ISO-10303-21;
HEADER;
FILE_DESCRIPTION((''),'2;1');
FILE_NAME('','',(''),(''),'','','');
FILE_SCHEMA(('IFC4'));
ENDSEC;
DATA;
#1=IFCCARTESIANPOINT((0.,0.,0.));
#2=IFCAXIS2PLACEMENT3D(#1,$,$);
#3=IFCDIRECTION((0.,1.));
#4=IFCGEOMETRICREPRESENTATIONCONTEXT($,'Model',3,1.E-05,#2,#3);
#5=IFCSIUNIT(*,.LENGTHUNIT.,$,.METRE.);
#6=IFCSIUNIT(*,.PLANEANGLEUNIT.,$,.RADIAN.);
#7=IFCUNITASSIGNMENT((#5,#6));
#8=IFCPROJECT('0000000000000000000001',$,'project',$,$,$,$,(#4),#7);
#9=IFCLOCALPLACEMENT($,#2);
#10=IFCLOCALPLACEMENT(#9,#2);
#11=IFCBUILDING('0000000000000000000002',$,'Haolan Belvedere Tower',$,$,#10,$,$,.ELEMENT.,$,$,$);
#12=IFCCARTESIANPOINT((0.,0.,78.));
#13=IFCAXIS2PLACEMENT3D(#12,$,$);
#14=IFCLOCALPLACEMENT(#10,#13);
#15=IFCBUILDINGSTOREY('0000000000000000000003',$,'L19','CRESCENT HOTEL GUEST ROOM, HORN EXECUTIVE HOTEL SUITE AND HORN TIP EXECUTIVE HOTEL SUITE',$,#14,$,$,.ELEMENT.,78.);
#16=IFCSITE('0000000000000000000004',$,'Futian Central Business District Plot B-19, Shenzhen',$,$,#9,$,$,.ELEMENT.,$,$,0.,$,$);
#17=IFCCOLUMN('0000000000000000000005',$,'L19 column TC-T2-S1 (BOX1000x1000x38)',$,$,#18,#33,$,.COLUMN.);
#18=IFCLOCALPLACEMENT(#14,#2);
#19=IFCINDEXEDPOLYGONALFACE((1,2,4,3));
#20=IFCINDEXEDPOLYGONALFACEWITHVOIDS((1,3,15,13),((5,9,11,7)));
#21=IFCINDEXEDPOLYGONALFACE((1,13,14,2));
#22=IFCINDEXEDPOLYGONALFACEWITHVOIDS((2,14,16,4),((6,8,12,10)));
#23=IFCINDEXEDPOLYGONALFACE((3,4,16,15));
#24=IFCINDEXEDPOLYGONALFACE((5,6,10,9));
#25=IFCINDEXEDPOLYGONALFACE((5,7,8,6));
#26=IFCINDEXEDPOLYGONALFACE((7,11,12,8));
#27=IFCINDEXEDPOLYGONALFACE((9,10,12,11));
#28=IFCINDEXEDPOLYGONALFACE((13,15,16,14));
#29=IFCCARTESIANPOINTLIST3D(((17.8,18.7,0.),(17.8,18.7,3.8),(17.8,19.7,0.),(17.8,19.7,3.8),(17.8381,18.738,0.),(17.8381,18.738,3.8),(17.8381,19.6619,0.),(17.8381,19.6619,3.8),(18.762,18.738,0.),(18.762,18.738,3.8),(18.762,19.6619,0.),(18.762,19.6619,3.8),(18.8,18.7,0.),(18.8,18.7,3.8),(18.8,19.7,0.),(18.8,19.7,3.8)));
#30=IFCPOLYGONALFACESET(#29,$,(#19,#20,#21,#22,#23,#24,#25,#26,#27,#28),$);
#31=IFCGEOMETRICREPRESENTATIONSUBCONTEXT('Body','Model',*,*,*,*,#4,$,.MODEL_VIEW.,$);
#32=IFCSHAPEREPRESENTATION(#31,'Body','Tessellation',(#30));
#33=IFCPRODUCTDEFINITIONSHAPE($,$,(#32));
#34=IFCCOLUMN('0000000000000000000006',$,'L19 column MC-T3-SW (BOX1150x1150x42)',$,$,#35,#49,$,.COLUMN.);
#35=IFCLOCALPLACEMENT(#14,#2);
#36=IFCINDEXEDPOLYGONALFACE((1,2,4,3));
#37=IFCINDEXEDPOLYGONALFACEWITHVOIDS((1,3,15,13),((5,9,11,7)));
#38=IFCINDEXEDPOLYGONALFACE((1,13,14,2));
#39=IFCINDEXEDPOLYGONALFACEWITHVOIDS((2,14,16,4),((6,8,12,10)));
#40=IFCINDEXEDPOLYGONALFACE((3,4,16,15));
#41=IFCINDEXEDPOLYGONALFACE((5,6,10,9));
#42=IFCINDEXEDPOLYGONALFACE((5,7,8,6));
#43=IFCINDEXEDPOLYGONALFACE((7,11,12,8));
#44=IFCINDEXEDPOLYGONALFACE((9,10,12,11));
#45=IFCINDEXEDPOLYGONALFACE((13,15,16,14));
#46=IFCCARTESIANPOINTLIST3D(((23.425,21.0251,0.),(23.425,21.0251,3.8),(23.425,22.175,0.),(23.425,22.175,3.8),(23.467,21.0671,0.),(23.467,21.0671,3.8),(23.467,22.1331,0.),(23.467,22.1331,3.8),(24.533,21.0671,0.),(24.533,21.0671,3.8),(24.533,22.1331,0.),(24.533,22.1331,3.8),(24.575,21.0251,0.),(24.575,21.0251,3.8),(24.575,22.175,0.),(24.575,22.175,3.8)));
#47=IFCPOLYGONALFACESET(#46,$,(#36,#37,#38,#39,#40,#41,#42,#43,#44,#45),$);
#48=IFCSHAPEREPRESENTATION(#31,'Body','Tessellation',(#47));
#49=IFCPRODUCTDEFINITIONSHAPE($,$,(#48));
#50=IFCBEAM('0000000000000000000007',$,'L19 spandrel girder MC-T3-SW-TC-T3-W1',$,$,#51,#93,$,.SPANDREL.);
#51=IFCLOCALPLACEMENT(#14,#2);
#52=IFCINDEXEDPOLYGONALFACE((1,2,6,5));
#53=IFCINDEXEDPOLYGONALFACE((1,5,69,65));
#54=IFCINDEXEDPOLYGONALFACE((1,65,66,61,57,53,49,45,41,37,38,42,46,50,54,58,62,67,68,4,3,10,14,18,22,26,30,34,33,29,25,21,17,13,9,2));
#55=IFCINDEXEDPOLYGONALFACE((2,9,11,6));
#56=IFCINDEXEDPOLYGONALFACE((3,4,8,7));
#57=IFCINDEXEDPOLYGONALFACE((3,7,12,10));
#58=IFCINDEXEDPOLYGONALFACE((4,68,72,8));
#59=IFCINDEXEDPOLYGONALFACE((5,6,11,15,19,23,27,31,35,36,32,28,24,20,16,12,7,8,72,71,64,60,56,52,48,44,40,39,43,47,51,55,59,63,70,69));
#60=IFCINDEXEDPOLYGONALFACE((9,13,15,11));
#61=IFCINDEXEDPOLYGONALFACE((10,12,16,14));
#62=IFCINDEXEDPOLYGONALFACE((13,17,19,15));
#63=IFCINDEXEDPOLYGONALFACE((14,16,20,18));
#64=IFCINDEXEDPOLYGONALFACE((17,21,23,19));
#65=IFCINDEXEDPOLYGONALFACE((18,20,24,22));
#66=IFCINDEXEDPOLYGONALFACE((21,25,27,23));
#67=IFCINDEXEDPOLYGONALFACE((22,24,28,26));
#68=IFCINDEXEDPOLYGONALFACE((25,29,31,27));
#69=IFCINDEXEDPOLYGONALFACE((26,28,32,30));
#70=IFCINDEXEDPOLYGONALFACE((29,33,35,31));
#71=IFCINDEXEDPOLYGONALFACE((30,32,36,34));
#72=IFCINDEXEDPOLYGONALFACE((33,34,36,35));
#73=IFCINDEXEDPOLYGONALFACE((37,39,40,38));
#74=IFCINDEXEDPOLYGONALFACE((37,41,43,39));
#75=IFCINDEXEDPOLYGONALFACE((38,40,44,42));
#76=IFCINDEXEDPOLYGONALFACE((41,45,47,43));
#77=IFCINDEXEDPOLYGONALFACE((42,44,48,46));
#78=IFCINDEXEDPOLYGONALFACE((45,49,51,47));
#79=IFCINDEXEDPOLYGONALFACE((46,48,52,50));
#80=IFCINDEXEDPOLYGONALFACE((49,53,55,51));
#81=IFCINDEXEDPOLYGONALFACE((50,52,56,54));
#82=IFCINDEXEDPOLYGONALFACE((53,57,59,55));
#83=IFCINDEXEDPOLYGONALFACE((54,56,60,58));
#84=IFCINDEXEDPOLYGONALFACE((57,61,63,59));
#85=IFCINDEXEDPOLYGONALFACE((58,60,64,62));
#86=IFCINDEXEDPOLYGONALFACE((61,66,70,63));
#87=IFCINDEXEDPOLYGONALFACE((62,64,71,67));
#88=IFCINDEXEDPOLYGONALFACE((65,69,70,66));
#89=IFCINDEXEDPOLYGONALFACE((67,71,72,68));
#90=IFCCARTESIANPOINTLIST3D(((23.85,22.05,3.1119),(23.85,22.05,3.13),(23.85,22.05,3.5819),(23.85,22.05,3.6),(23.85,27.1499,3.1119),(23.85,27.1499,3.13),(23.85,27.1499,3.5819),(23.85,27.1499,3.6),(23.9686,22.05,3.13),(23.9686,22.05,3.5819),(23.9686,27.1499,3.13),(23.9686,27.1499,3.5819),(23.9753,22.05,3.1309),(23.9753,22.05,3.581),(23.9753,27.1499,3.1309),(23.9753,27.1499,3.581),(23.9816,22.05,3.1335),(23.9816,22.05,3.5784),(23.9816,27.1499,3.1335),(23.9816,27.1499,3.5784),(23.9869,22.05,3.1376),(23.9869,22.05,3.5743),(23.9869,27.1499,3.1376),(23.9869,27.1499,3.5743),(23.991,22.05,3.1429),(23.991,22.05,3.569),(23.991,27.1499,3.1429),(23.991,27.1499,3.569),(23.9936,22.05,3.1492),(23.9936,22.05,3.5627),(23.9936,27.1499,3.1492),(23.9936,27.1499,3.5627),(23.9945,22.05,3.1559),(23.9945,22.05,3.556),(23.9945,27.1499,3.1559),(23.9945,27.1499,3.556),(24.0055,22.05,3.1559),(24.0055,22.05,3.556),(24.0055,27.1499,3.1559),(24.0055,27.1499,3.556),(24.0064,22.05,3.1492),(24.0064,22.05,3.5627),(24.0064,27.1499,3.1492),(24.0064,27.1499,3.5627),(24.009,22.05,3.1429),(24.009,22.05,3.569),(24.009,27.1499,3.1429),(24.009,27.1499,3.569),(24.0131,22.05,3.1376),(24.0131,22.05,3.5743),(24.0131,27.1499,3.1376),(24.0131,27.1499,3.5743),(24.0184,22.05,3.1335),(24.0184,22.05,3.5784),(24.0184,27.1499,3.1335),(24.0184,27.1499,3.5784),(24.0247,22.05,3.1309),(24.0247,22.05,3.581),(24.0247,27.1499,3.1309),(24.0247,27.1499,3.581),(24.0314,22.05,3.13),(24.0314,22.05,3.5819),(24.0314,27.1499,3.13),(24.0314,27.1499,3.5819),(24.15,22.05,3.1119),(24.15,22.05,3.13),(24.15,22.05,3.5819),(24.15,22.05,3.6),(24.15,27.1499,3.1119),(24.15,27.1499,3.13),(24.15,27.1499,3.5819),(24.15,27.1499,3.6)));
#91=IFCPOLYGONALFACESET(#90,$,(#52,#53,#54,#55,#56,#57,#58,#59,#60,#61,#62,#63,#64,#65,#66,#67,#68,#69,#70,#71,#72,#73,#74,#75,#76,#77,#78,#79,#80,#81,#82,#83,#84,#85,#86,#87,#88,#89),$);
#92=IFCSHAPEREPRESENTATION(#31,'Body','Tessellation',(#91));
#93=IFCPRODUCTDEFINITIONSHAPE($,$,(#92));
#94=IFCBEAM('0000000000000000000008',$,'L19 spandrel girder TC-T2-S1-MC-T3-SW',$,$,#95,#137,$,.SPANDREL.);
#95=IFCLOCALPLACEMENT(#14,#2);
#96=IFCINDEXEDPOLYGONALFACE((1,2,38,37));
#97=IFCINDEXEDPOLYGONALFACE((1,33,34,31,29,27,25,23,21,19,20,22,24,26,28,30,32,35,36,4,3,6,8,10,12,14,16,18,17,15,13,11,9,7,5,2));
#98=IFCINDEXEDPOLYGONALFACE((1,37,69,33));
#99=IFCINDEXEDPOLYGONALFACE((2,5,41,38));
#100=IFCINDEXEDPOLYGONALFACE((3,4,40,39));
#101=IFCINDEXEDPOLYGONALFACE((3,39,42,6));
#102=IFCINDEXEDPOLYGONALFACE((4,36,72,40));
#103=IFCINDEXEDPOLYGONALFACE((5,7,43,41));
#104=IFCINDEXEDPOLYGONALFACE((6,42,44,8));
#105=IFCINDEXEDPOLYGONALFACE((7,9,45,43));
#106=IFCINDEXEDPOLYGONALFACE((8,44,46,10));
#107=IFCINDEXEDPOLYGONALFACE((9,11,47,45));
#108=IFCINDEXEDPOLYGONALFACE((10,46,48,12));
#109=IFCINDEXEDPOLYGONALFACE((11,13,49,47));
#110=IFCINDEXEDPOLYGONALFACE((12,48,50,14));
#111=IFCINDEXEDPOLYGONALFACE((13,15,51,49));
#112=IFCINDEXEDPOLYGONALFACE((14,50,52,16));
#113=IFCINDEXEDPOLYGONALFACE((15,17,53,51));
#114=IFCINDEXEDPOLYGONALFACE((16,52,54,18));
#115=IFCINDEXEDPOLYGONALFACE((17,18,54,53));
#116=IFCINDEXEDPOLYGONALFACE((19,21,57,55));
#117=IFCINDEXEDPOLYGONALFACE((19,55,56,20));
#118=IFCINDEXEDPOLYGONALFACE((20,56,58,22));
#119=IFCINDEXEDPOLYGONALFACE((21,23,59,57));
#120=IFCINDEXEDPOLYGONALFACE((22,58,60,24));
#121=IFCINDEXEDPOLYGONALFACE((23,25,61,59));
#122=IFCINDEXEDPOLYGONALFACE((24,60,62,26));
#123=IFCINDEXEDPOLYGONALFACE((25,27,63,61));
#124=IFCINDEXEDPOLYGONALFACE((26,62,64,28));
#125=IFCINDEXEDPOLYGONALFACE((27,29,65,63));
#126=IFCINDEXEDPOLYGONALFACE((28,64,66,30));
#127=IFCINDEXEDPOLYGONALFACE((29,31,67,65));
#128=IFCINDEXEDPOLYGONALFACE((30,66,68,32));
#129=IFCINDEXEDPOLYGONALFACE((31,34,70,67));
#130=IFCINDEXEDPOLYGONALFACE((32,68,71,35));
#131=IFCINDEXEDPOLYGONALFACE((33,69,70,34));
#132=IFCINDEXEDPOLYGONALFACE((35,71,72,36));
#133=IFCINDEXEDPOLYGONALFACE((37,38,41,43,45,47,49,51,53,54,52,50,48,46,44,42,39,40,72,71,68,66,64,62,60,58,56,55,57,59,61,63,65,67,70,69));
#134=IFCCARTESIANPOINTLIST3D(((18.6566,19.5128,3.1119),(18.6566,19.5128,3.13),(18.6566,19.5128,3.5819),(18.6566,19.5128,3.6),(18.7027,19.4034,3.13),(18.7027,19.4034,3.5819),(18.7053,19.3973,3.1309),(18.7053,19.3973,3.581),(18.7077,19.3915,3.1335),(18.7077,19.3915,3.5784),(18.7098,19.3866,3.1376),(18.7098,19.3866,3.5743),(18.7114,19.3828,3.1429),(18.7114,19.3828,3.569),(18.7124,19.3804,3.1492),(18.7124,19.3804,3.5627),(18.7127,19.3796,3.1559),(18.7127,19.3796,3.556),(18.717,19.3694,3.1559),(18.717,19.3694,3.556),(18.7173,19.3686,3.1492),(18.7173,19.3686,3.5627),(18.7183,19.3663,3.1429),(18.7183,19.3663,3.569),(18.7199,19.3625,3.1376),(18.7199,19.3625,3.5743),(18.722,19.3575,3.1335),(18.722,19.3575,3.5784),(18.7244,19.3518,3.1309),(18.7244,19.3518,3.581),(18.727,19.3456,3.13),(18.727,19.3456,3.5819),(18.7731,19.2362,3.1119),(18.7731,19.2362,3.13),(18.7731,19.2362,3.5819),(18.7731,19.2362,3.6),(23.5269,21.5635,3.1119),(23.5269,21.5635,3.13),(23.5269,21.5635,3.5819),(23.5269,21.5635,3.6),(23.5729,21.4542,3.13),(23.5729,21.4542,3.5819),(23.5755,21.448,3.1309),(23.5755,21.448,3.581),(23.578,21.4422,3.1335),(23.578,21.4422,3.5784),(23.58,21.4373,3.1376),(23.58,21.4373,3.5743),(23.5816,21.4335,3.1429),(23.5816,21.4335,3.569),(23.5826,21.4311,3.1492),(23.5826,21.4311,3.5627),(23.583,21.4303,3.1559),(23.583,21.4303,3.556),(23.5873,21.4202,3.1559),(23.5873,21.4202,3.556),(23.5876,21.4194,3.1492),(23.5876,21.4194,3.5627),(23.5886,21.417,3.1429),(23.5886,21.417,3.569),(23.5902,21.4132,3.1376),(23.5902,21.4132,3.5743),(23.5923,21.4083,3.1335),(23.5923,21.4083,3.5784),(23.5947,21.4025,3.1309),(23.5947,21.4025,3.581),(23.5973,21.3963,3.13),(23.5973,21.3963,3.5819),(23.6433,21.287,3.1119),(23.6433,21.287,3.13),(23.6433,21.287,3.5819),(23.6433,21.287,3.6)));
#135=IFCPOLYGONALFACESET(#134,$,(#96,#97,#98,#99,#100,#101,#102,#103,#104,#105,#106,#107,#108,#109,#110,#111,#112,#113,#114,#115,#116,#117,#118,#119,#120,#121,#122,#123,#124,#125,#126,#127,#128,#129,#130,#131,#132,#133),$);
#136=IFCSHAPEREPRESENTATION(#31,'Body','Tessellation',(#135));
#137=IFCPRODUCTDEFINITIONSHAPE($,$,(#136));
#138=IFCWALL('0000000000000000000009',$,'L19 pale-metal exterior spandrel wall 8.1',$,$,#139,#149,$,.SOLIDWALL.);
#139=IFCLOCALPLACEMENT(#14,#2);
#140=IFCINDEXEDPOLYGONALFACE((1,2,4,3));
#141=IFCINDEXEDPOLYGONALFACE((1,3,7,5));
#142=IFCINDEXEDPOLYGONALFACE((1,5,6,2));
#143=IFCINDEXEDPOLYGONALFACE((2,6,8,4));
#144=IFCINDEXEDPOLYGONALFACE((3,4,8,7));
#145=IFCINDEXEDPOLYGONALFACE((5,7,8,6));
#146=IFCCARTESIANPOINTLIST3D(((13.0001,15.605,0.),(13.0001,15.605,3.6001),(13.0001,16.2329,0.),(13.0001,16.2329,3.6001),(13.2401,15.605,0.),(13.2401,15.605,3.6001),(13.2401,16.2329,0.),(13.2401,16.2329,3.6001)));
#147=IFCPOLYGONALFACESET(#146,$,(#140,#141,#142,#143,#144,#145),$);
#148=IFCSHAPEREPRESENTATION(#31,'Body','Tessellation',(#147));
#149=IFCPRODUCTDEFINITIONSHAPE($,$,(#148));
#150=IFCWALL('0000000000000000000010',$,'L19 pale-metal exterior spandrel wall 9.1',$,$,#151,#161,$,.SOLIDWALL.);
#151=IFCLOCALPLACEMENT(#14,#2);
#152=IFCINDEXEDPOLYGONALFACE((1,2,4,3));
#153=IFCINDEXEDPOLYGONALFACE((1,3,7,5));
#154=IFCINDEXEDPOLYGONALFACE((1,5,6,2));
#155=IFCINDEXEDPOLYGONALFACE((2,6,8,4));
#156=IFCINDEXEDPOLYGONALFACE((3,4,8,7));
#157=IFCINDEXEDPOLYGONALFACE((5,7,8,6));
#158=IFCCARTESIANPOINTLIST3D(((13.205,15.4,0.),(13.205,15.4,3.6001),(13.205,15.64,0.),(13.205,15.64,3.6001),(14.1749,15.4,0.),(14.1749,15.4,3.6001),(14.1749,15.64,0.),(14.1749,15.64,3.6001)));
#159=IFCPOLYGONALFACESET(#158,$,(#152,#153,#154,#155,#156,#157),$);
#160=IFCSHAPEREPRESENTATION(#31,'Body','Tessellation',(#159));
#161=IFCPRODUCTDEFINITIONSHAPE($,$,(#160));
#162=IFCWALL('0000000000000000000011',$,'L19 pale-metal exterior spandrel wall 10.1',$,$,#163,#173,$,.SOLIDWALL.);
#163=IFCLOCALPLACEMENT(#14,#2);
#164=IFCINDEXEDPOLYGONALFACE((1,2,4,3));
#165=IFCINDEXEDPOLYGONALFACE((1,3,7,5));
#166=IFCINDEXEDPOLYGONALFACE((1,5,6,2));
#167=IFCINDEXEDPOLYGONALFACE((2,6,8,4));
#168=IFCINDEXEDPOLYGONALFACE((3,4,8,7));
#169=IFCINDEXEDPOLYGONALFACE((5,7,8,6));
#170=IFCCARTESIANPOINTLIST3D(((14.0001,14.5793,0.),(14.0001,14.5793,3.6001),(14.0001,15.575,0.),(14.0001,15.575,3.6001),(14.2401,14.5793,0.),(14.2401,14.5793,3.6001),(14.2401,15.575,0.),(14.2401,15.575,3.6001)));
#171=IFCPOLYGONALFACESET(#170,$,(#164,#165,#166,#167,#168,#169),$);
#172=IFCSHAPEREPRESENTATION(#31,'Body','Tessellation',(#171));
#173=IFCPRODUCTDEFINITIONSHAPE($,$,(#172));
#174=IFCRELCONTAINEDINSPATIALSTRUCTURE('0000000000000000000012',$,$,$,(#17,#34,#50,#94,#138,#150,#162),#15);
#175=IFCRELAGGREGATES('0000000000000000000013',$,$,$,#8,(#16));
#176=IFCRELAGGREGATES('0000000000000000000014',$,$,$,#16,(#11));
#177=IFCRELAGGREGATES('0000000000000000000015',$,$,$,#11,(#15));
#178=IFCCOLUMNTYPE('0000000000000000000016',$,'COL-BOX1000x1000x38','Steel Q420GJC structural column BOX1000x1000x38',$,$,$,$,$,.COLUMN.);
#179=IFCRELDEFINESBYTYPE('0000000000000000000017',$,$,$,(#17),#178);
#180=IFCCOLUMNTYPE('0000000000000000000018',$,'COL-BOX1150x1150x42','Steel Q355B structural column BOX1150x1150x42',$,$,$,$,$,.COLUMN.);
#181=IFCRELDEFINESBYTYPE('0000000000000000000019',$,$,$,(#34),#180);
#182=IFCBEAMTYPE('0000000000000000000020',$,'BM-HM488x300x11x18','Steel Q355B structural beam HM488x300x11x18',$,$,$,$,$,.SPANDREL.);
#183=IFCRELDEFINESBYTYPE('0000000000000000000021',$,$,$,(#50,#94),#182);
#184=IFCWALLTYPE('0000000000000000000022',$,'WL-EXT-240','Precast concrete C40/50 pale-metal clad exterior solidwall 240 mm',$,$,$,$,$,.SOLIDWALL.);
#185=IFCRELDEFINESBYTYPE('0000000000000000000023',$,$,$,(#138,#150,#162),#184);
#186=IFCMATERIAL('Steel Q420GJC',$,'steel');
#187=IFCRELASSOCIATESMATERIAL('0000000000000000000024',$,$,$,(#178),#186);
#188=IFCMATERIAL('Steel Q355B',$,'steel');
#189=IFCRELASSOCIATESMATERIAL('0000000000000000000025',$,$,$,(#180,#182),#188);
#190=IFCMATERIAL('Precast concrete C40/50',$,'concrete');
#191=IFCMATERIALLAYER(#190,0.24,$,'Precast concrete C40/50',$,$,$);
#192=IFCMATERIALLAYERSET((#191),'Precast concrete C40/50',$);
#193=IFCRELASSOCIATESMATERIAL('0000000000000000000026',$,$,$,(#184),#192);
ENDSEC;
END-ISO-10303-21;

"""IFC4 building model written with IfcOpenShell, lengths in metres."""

from ifc_helpers import new_model, si_unit, direction, frame, frame_2d, origin, origin_2d, place, context, subcontext, project, spatial, rectangle, hollow_rectangle, i_section, extrude, material, layer, layer_set, material_profile, profile_set, type_object, element, save


model = new_model("IFC4")

# Units and contexts
model_context = context("Model", 3, precision=1e-05, world=origin(), true_north=direction((0.0, 1.0)))
body_context = subcontext(model_context, "Body", "Model", "MODEL_VIEW")
ifc_project = project(units=[si_unit("LENGTHUNIT", "METRE"), si_unit("PLANEANGLEUNIT", "RADIAN")], contexts=[model_context])

# Site, building, storey
site_placement = place(None, origin())
site = spatial("IfcSite", under=ifc_project, at=site_placement, Name="Futian Central Business District Plot B-19, Shenzhen", CompositionType="ELEMENT", RefElevation=0.0)
building_placement = place(site_placement, origin())
building = spatial("IfcBuilding", under=site, at=building_placement, Name="Haolan Belvedere Tower", CompositionType="ELEMENT")
storey_placement = place(building_placement, frame((0.0, 0.0, 78.0)))
storey = spatial("IfcBuildingStorey", under=building, at=storey_placement, Name="L19", Description="CRESCENT HOTEL GUEST ROOM, HORN EXECUTIVE HOTEL SUITE AND HORN TIP EXECUTIVE HOTEL SUITE", CompositionType="ELEMENT", Elevation=78.0)

# Columns
ifc_material_1 = material(Name="Steel Q420GJC", Category="steel")
ifc_material_profile_1 = material_profile(ifc_material_1, hollow_rectangle(XDim=1.0, YDim=1.0, WallThickness=0.0381, at=origin_2d()), Name="Steel Q420GJC")
ifc_profile_set_1 = profile_set([ifc_material_profile_1], Name="Steel Q420GJC")
column_type_1 = type_object("IfcColumnType", Name="COL-BOX1000x1000x38", Description="Steel Q420GJC structural column BOX1000x1000x38", PredefinedType="COLUMN", material=ifc_profile_set_1)
column_1_placement = place(storey_placement, frame((18.3, 19.2, 0.0), z_axis=(0.0, 0.0, 1.0), x_axis=(1.0, 0.0, 0.0)))
element("IfcColumn", 1, at=column_1_placement, inside=storey, type_object=column_type_1, Name="L19 column TC-T2-S1 (BOX1000x1000x38)", PredefinedType="COLUMN", context=body_context, shape_type="SweptSolid", body=[
    extrude(hollow_rectangle(XDim=1.0, YDim=1.0, WallThickness=0.0381, at=origin_2d()), origin(), (0.0, 0.0, 1.0), 3.8),
])
ifc_material_2 = material(Name="Steel Q355B", Category="steel")
ifc_material_profile_2 = material_profile(ifc_material_2, hollow_rectangle(XDim=1.1499, YDim=1.1499, WallThickness=0.042, at=origin_2d()), Name="Steel Q355B")
ifc_profile_set_2 = profile_set([ifc_material_profile_2], Name="Steel Q355B")
column_type_2 = type_object("IfcColumnType", Name="COL-BOX1150x1150x42", Description="Steel Q355B structural column BOX1150x1150x42", PredefinedType="COLUMN", material=ifc_profile_set_2)
column_2_placement = place(storey_placement, frame((24.0, 21.6001, 0.0), z_axis=(0.0, 0.0, 1.0), x_axis=(1.0, 0.0, 0.0)))
element("IfcColumn", 2, at=column_2_placement, inside=storey, type_object=column_type_2, Name="L19 column MC-T3-SW (BOX1150x1150x42)", PredefinedType="COLUMN", context=body_context, shape_type="SweptSolid", body=[
    extrude(hollow_rectangle(XDim=1.1499, YDim=1.1499, WallThickness=0.042, at=origin_2d()), origin(), (0.0, 0.0, 1.0), 3.8),
])

# Beams
ifc_material_profile_3 = material_profile(ifc_material_2, i_section(OverallWidth=0.3, OverallDepth=0.488, WebThickness=0.011, FlangeThickness=0.0181, FilletRadius=0.0259, at=origin_2d()), Name="Steel Q355B")
ifc_profile_set_3 = profile_set([ifc_material_profile_3], Name="Steel Q355B")
beam_type = type_object("IfcBeamType", Name="BM-HM488x300x11x18", Description="Steel Q355B structural beam HM488x300x11x18", PredefinedType="SPANDREL", material=ifc_profile_set_3)
beam_1_placement = place(storey_placement, frame((24.0, 22.05, 3.356), z_axis=(0.0, 1.0, 0.0), x_axis=(-1.0, 0.0, 0.0)))
element("IfcBeam", 3, at=beam_1_placement, inside=storey, type_object=beam_type, Name="L19 spandrel girder MC-T3-SW-TC-T3-W1", PredefinedType="SPANDREL", context=body_context, shape_type="SweptSolid", body=[
    extrude(i_section(OverallWidth=0.3, OverallDepth=0.488, WebThickness=0.011, FlangeThickness=0.0181, FilletRadius=0.0259, at=origin_2d()), origin(), (0.0, 0.0, 1.0), 5.0999),
])
beam_2_placement = place(storey_placement, frame((18.7148, 19.3745, 3.356), z_axis=(0.921628, 0.388074, 0.0), x_axis=(-0.388074, 0.921628, 0.0)))
element("IfcBeam", 4, at=beam_2_placement, inside=storey, type_object=beam_type, Name="L19 spandrel girder TC-T2-S1-MC-T3-SW", PredefinedType="SPANDREL", context=body_context, shape_type="SweptSolid", body=[
    extrude(i_section(OverallWidth=0.3, OverallDepth=0.488, WebThickness=0.011, FlangeThickness=0.0181, FilletRadius=0.0259, at=origin_2d()), origin(), (0.0, 0.0, 1.0), 5.2844),
])

# Walls
ifc_material_3 = material(Name="Precast concrete C40/50", Category="concrete")
ifc_layer_1 = layer(ifc_material_3, 0.24, Name="Precast concrete C40/50")
ifc_layer_set_1 = layer_set([ifc_layer_1], Name="Precast concrete C40/50")
wall_type_1 = type_object("IfcWallType", Name="WL-EXT-240", Description="Precast concrete C40/50 pale-metal clad exterior solidwall 240 mm", PredefinedType="SOLIDWALL", material=ifc_layer_set_1)
wall_1_placement = place(storey_placement, frame((13.1201, 16.2329, 0.0), z_axis=(0.0, 0.0, 1.0), x_axis=(0.0, -1.0, 0.0)))
element("IfcWall", 5, at=wall_1_placement, inside=storey, type_object=wall_type_1, Name="L19 pale-metal exterior spandrel wall 8.1", PredefinedType="SOLIDWALL", context=body_context, shape_type="SweptSolid", body=[
    extrude(rectangle(XDim=0.6279, YDim=0.24, at=frame_2d((0.314, 0.0))), origin(), (0.0, 0.0, 1.0), 3.6001),
])
wall_2_placement = place(storey_placement, frame((13.2051, 15.52, 0.0), z_axis=(0.0, 0.0, 1.0), x_axis=(1.0, 0.0, 0.0)))
element("IfcWall", 6, at=wall_2_placement, inside=storey, type_object=wall_type_1, Name="L19 pale-metal exterior spandrel wall 9.1", PredefinedType="SOLIDWALL", context=body_context, shape_type="SweptSolid", body=[
    extrude(rectangle(XDim=0.97, YDim=0.24, at=frame_2d((0.4849, 0.0))), origin(), (0.0, 0.0, 1.0), 3.6001),
])
wall_3_placement = place(storey_placement, frame((14.1201, 15.575, 0.0), z_axis=(0.0, 0.0, 1.0), x_axis=(0.0, -1.0, 0.0)))
element("IfcWall", 7, at=wall_3_placement, inside=storey, type_object=wall_type_1, Name="L19 pale-metal exterior spandrel wall 10.1", PredefinedType="SOLIDWALL", context=body_context, shape_type="SweptSolid", body=[
    extrude(rectangle(XDim=0.9956, YDim=0.24, at=frame_2d((0.4978, 0.0))), origin(), (0.0, 0.0, 1.0), 3.6001),
])

save(model, "model.ifc")
